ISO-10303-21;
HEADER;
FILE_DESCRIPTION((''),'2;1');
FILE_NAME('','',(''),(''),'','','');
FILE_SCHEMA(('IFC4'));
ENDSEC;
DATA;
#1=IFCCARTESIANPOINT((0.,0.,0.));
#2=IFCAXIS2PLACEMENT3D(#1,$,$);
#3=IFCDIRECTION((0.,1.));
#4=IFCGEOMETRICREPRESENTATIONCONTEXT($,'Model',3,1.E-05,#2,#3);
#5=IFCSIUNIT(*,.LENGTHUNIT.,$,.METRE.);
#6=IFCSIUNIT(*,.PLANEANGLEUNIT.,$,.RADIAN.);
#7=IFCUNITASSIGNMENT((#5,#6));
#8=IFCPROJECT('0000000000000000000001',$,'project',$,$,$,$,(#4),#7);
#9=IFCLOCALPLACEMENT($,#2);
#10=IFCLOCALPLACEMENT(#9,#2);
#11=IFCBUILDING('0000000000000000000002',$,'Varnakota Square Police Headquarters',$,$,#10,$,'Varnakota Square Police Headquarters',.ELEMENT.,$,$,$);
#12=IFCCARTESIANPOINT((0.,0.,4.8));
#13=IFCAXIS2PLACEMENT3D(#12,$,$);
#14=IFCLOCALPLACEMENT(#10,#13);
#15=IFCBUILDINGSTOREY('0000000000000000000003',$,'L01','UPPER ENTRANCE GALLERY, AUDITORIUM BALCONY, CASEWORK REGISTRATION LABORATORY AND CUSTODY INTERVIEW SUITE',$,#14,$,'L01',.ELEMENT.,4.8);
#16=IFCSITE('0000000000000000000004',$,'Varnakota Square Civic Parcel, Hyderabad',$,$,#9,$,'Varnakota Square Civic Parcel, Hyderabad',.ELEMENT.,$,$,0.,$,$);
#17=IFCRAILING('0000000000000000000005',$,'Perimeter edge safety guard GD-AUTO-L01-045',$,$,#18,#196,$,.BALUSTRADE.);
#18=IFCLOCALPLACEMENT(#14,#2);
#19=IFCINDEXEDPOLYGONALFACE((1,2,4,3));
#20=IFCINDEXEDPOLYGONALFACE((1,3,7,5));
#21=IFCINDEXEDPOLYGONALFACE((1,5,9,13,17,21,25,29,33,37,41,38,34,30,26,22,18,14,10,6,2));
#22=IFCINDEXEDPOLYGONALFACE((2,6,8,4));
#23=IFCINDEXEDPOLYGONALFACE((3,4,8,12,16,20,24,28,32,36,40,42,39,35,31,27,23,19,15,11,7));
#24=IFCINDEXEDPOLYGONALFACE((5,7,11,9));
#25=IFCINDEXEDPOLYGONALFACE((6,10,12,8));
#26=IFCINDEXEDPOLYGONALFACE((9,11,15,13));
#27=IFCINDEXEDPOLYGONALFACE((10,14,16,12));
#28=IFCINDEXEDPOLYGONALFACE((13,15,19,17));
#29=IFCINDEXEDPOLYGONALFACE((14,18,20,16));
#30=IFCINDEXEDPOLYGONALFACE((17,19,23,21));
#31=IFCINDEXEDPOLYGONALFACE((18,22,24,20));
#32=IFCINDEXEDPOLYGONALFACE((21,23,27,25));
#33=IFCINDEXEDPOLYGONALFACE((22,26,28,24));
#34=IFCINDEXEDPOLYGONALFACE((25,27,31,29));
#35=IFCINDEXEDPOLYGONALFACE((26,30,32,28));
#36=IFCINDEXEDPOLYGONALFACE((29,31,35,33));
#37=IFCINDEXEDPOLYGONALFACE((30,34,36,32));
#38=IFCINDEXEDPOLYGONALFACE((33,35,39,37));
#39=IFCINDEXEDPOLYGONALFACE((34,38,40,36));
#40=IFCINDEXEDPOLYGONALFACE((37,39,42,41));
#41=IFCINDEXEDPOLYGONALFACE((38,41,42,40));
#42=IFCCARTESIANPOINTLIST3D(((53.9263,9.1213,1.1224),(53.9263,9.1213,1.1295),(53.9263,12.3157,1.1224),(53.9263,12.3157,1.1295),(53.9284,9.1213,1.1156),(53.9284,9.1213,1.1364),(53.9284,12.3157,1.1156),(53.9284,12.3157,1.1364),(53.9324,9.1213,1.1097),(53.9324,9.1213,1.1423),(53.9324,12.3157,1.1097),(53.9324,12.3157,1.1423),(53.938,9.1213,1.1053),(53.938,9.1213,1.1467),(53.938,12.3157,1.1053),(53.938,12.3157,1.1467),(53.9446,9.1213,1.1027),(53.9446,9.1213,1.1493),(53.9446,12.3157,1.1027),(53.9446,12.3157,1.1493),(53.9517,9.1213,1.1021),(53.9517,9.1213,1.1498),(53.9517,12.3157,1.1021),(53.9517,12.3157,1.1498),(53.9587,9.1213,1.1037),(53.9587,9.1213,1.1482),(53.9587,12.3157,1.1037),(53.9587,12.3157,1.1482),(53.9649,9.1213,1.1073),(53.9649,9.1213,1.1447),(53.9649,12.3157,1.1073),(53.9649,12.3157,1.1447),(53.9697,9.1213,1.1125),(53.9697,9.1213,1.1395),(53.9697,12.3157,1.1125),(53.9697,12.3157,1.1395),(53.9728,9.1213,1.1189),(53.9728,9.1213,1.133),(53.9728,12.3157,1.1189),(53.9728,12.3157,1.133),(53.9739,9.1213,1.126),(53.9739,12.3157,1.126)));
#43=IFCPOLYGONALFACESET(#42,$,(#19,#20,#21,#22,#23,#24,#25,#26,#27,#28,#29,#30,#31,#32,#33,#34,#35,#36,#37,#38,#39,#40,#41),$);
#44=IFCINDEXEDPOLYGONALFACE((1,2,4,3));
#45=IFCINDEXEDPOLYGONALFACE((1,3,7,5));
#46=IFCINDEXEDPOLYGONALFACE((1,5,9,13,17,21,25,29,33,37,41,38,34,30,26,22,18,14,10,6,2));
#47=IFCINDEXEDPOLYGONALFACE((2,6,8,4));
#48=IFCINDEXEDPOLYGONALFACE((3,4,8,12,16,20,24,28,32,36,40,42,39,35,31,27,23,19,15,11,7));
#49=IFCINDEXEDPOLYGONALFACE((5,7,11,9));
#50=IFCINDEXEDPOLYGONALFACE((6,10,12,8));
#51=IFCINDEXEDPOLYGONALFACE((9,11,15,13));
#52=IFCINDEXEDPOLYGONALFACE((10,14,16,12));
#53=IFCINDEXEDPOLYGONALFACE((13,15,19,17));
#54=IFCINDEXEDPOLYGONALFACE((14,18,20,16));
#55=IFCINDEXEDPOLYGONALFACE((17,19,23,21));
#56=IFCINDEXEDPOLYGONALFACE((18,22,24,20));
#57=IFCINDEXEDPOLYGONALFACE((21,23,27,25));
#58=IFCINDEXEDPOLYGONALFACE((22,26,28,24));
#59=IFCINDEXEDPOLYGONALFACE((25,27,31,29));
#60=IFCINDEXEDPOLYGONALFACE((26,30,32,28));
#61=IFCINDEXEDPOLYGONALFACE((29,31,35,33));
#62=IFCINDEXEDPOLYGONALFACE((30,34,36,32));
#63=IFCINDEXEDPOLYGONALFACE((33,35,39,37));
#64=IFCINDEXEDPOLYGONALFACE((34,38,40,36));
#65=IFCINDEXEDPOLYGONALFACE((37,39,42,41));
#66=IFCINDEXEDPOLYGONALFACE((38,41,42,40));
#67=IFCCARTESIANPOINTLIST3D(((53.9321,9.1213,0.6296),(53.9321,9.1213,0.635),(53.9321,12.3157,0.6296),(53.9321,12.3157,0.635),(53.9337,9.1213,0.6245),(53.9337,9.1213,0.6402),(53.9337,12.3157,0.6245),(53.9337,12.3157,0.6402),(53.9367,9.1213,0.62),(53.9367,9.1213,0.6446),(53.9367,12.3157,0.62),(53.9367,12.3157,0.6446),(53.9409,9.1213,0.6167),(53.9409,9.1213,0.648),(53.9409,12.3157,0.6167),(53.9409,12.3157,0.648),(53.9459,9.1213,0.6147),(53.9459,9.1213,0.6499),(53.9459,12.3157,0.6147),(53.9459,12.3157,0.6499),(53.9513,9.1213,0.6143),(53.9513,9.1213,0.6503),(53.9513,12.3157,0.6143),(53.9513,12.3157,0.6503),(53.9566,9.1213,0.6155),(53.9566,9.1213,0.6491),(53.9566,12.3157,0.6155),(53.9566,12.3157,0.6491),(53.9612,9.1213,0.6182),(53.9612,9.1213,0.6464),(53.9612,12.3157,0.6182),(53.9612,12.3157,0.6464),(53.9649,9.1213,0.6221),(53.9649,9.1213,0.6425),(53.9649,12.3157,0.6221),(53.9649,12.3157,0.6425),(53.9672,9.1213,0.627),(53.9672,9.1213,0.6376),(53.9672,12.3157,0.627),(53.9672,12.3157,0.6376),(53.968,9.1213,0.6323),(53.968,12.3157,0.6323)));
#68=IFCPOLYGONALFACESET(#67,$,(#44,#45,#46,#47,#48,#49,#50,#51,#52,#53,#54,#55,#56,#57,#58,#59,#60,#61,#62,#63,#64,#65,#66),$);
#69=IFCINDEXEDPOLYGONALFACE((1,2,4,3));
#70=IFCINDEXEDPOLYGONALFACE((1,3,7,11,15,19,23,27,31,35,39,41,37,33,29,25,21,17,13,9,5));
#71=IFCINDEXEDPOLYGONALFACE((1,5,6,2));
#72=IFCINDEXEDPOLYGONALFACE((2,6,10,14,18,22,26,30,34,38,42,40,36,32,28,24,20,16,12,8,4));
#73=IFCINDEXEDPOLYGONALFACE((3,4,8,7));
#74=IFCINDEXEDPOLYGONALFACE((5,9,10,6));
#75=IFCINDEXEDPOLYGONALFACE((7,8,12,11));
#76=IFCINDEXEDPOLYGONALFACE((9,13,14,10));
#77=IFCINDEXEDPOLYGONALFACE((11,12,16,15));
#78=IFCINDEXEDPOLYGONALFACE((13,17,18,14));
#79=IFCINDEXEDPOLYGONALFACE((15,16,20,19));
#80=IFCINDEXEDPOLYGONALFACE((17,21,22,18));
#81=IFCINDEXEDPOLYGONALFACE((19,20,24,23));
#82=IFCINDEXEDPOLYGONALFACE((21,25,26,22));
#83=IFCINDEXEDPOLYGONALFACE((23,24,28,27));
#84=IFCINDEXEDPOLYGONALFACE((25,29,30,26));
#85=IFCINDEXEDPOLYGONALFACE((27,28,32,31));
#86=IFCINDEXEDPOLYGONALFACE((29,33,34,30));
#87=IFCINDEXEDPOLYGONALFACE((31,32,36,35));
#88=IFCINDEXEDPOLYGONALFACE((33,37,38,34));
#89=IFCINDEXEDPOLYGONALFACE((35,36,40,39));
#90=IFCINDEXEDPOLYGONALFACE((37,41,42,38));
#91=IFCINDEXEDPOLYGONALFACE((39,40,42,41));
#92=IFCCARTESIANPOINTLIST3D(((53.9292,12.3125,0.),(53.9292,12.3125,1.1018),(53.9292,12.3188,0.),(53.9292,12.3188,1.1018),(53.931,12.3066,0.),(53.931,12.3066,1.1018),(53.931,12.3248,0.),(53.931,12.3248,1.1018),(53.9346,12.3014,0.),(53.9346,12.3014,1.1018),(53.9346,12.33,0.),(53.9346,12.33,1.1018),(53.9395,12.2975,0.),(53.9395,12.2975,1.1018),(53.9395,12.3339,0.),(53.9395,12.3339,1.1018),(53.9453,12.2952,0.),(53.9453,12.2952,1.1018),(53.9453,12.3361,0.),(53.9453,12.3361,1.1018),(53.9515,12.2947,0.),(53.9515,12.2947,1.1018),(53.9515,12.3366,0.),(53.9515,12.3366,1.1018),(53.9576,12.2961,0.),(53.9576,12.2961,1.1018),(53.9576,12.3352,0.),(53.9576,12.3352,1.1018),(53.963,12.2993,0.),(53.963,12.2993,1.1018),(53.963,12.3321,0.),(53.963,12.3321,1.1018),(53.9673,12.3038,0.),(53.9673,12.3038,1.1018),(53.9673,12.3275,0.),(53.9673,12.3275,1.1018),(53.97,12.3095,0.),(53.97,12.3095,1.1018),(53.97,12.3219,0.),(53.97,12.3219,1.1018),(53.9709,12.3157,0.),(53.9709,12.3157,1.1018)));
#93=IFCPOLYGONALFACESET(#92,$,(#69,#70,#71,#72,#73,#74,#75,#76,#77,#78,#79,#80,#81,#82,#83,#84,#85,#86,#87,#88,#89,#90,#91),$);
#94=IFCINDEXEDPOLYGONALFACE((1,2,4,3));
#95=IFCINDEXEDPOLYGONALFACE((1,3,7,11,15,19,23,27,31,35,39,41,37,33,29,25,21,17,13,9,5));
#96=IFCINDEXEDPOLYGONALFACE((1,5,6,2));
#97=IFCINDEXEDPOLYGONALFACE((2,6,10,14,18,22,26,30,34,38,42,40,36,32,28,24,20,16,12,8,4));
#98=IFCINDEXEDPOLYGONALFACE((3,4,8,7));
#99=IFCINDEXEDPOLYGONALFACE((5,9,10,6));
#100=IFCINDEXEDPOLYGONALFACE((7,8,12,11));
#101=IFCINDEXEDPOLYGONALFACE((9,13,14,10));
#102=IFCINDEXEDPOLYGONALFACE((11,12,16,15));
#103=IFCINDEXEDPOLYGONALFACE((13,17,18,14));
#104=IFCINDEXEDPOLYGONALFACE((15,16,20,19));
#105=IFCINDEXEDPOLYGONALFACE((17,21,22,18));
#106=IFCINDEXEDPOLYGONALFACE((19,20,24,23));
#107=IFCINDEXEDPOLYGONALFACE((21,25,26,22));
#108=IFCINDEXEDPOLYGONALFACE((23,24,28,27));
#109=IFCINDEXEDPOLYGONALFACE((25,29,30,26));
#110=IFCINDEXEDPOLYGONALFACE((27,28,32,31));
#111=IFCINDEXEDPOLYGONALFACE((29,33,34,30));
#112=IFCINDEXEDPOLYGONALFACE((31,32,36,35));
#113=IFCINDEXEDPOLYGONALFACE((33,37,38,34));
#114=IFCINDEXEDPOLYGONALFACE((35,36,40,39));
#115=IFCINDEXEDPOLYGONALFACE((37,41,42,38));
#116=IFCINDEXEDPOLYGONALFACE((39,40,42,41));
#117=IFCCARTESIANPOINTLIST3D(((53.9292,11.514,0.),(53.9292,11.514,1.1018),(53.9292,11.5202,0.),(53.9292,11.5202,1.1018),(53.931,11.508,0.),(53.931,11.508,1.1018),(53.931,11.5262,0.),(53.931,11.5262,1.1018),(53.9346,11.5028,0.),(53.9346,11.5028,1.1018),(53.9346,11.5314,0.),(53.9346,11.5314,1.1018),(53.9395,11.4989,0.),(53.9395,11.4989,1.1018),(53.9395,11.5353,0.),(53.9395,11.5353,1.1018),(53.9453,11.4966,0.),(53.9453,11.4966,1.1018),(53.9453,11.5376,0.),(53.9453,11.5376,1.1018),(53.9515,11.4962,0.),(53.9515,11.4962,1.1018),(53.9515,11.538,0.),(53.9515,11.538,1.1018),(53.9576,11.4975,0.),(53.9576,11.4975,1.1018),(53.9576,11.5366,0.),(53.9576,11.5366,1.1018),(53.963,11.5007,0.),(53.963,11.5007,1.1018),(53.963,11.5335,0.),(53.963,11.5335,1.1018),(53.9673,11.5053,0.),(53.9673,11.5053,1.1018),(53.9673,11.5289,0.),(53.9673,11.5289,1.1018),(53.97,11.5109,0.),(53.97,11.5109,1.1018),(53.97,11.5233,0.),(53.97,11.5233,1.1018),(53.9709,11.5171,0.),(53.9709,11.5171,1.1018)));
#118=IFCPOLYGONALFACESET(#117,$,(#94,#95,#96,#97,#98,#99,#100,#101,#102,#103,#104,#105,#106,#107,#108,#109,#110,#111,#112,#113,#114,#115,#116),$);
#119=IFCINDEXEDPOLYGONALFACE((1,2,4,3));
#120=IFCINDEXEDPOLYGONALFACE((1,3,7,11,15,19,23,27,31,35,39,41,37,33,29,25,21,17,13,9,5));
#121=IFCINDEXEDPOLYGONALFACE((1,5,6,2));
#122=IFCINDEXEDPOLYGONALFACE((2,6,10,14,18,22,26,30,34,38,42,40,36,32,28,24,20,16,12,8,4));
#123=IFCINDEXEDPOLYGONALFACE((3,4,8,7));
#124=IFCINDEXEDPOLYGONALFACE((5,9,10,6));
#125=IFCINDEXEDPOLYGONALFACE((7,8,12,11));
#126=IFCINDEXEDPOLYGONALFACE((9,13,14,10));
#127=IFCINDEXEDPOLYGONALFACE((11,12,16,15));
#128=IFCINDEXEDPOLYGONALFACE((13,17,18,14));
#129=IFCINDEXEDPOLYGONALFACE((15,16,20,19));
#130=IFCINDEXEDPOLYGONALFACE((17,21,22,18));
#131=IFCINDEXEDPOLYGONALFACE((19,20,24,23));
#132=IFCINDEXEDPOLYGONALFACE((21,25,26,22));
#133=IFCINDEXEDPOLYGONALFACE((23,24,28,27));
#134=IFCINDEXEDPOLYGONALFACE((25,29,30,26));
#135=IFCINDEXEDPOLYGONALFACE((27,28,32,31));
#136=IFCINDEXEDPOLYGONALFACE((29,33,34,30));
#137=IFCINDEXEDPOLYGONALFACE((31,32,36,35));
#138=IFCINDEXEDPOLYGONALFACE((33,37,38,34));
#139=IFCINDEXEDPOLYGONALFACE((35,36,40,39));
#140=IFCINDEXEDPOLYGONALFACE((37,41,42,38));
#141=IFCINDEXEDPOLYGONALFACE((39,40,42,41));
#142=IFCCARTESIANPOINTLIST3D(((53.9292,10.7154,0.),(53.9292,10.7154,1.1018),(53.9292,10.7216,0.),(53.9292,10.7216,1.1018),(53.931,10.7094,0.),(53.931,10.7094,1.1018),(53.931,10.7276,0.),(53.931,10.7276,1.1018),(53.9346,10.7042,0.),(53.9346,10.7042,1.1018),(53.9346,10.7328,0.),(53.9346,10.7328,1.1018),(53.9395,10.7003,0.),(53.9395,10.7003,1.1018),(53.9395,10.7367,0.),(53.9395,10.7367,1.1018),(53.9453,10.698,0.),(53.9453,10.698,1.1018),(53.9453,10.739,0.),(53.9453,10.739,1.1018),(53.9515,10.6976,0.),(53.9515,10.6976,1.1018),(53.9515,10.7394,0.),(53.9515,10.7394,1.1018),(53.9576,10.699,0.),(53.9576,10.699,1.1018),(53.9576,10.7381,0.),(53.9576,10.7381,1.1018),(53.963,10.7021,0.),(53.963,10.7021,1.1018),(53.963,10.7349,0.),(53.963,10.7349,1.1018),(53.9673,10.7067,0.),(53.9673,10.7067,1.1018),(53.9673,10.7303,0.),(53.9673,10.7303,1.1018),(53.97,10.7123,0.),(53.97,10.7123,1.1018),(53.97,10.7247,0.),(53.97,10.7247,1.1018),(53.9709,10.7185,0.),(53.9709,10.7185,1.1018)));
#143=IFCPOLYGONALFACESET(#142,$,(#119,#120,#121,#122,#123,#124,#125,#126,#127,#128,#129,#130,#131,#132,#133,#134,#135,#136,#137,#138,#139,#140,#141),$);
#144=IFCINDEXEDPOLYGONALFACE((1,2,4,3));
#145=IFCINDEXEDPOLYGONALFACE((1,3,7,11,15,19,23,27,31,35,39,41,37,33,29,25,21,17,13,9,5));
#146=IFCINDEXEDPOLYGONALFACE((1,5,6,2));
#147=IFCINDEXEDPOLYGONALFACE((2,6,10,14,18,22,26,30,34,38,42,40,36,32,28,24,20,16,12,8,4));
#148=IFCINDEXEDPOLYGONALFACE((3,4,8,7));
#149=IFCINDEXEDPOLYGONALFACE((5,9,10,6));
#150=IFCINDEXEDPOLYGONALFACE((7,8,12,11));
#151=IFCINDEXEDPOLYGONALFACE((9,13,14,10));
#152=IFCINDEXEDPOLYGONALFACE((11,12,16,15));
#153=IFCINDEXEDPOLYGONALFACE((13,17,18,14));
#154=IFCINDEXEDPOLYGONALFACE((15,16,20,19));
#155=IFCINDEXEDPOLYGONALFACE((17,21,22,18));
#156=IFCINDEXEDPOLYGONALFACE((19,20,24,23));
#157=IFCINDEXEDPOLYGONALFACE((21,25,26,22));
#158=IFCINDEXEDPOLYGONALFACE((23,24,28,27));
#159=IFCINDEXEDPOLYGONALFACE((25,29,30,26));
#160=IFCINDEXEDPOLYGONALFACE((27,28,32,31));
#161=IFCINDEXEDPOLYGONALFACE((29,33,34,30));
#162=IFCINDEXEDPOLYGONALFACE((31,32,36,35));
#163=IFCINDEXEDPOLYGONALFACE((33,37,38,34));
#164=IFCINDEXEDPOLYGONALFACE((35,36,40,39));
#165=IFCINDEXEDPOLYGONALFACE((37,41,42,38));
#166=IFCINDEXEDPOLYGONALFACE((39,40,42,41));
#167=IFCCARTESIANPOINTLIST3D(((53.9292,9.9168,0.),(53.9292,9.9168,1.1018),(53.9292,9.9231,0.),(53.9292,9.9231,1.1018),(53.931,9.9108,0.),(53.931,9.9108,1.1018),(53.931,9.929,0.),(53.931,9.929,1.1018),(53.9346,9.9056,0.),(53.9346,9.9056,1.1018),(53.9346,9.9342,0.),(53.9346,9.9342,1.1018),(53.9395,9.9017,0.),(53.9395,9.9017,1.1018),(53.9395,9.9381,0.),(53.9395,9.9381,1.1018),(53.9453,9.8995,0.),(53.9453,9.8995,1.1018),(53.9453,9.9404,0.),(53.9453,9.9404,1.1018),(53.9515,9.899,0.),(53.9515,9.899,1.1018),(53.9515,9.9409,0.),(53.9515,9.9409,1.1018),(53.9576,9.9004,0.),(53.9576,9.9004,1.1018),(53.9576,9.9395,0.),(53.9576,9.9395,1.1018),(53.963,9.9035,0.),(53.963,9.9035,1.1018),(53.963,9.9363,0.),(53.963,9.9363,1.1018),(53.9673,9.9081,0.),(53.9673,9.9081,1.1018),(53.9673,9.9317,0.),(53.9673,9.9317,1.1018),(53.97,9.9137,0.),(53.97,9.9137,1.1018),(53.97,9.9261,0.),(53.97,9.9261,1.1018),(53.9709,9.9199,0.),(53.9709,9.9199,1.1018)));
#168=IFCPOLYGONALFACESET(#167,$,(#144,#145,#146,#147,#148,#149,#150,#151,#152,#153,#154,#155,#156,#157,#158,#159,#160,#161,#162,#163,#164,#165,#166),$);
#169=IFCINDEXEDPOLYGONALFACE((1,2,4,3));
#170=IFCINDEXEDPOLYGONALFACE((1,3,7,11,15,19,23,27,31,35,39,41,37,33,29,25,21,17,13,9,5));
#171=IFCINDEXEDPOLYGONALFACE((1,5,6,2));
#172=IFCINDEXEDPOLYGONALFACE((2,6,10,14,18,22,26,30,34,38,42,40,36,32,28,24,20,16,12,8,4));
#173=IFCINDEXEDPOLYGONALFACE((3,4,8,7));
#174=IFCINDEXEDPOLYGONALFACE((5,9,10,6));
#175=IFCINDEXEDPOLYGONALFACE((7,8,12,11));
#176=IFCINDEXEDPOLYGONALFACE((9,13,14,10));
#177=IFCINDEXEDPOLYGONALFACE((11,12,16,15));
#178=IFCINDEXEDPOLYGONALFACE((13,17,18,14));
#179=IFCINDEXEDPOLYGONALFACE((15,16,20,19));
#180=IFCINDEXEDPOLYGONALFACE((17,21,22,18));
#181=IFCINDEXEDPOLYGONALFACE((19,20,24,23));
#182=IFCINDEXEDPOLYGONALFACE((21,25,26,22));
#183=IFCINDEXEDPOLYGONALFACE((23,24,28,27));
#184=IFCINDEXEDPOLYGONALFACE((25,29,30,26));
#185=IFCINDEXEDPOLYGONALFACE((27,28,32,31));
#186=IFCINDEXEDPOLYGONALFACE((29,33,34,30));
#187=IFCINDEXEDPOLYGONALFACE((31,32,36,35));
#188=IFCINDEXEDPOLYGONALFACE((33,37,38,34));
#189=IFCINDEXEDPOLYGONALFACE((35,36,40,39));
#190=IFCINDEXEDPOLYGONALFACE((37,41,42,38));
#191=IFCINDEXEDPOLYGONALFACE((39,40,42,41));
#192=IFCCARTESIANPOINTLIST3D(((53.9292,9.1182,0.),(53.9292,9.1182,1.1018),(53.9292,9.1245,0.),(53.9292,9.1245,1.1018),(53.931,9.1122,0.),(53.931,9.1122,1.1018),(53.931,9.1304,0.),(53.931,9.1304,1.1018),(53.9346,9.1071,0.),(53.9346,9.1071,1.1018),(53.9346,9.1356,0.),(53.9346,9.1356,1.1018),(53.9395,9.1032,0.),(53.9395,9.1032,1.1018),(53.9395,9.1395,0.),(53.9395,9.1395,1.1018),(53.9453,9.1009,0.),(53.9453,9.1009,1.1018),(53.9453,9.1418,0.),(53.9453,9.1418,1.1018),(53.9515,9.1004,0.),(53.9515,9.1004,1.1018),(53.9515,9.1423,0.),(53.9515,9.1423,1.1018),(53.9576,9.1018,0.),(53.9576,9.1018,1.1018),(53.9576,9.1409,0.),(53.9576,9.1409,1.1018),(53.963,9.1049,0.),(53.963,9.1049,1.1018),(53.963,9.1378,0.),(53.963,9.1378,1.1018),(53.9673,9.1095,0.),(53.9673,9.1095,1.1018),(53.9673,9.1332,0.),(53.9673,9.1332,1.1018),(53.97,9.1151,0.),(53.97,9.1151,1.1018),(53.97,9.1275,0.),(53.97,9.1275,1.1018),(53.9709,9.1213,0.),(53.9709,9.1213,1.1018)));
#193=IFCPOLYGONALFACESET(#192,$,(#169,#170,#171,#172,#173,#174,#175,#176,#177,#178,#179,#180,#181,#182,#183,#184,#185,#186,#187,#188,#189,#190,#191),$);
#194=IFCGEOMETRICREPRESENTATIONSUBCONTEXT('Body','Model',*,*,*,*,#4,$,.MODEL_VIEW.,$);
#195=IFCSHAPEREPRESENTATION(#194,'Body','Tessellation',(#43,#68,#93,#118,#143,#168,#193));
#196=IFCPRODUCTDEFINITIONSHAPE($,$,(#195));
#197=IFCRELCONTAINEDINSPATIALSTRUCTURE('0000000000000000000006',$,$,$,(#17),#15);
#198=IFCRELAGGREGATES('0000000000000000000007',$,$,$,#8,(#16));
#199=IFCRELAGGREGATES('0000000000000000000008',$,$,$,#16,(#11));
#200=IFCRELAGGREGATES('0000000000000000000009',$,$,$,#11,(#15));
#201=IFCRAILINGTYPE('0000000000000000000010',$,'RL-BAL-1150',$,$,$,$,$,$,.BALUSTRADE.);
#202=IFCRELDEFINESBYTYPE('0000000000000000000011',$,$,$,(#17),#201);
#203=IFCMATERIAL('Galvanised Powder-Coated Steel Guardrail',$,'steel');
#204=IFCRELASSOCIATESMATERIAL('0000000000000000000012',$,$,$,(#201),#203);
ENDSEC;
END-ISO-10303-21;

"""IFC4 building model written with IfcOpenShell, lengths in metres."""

from ifc_helpers import new_model, si_unit, direction, frame, origin, origin_2d, place, context, subcontext, project, spatial, circle, extrude, material, type_object, element, save


model = new_model("IFC4")

# Units and contexts
model_context = context("Model", 3, precision=1e-05, world=origin(), true_north=direction((0.0, 1.0)))
body_context = subcontext(model_context, "Body", "Model", "MODEL_VIEW")
ifc_project = project(units=[si_unit("LENGTHUNIT", "METRE"), si_unit("PLANEANGLEUNIT", "RADIAN")], contexts=[model_context])

# Site, building, storey
site_placement = place(None, origin())
site = spatial("IfcSite", under=ifc_project, at=site_placement, Name="Varnakota Square Civic Parcel, Hyderabad", LongName="Varnakota Square Civic Parcel, Hyderabad", CompositionType="ELEMENT", RefElevation=0.0)
building_placement = place(site_placement, origin())
building = spatial("IfcBuilding", under=site, at=building_placement, Name="Varnakota Square Police Headquarters", LongName="Varnakota Square Police Headquarters", CompositionType="ELEMENT")
storey_placement = place(building_placement, frame((0.0, 0.0, 4.8)))
storey = spatial("IfcBuildingStorey", under=building, at=storey_placement, Name="L01", Description="UPPER ENTRANCE GALLERY, AUDITORIUM BALCONY, CASEWORK REGISTRATION LABORATORY AND CUSTODY INTERVIEW SUITE", LongName="L01", CompositionType="ELEMENT", Elevation=4.8)

# Railing
ifc_material_1 = material(Name="Galvanised Powder-Coated Steel Guardrail", Category="steel")
railing_type_1 = type_object("IfcRailingType", Name="RL-BAL-1150", PredefinedType="BALUSTRADE", material=ifc_material_1)
railing_1_placement = place(storey_placement, frame((53.95, 12.3157, 0.0)))
element("IfcRailing", 1, at=railing_1_placement, inside=storey, type_object=railing_type_1, Name="Perimeter edge safety guard GD-AUTO-L01-045", PredefinedType="BALUSTRADE", context=body_context, shape_type="SweptSolid", body=[
    extrude(circle(Radius=0.0239, at=origin_2d()), frame((0.0, 0.0, 1.126), z_axis=(0.0, -1.0, 0.0), x_axis=(1.0, 0.0, 0.0)), (0.0, 0.0, 1.0), 3.1943),
    extrude(circle(Radius=0.0181, at=origin_2d()), frame((0.0, 0.0, 0.6323), z_axis=(0.0, -1.0, 0.0), x_axis=(1.0, 0.0, 0.0)), (0.0, 0.0, 1.0), 3.1943),
    extrude(circle(Radius=0.021, at=origin_2d()), origin(), (0.0, 0.0, 1.0), 1.1018),
    extrude(circle(Radius=0.021, at=origin_2d()), frame((0.0, -0.7986, 0.0)), (0.0, 0.0, 1.0), 1.1018),
    extrude(circle(Radius=0.021, at=origin_2d()), frame((0.0, -1.5972, 0.0)), (0.0, 0.0, 1.0), 1.1018),
    extrude(circle(Radius=0.021, at=origin_2d()), frame((0.0, -2.3958, 0.0)), (0.0, 0.0, 1.0), 1.1018),
    extrude(circle(Radius=0.021, at=origin_2d()), frame((0.0, -3.1943, 0.0)), (0.0, 0.0, 1.0), 1.1018),
])

save(model, "model.ifc")
